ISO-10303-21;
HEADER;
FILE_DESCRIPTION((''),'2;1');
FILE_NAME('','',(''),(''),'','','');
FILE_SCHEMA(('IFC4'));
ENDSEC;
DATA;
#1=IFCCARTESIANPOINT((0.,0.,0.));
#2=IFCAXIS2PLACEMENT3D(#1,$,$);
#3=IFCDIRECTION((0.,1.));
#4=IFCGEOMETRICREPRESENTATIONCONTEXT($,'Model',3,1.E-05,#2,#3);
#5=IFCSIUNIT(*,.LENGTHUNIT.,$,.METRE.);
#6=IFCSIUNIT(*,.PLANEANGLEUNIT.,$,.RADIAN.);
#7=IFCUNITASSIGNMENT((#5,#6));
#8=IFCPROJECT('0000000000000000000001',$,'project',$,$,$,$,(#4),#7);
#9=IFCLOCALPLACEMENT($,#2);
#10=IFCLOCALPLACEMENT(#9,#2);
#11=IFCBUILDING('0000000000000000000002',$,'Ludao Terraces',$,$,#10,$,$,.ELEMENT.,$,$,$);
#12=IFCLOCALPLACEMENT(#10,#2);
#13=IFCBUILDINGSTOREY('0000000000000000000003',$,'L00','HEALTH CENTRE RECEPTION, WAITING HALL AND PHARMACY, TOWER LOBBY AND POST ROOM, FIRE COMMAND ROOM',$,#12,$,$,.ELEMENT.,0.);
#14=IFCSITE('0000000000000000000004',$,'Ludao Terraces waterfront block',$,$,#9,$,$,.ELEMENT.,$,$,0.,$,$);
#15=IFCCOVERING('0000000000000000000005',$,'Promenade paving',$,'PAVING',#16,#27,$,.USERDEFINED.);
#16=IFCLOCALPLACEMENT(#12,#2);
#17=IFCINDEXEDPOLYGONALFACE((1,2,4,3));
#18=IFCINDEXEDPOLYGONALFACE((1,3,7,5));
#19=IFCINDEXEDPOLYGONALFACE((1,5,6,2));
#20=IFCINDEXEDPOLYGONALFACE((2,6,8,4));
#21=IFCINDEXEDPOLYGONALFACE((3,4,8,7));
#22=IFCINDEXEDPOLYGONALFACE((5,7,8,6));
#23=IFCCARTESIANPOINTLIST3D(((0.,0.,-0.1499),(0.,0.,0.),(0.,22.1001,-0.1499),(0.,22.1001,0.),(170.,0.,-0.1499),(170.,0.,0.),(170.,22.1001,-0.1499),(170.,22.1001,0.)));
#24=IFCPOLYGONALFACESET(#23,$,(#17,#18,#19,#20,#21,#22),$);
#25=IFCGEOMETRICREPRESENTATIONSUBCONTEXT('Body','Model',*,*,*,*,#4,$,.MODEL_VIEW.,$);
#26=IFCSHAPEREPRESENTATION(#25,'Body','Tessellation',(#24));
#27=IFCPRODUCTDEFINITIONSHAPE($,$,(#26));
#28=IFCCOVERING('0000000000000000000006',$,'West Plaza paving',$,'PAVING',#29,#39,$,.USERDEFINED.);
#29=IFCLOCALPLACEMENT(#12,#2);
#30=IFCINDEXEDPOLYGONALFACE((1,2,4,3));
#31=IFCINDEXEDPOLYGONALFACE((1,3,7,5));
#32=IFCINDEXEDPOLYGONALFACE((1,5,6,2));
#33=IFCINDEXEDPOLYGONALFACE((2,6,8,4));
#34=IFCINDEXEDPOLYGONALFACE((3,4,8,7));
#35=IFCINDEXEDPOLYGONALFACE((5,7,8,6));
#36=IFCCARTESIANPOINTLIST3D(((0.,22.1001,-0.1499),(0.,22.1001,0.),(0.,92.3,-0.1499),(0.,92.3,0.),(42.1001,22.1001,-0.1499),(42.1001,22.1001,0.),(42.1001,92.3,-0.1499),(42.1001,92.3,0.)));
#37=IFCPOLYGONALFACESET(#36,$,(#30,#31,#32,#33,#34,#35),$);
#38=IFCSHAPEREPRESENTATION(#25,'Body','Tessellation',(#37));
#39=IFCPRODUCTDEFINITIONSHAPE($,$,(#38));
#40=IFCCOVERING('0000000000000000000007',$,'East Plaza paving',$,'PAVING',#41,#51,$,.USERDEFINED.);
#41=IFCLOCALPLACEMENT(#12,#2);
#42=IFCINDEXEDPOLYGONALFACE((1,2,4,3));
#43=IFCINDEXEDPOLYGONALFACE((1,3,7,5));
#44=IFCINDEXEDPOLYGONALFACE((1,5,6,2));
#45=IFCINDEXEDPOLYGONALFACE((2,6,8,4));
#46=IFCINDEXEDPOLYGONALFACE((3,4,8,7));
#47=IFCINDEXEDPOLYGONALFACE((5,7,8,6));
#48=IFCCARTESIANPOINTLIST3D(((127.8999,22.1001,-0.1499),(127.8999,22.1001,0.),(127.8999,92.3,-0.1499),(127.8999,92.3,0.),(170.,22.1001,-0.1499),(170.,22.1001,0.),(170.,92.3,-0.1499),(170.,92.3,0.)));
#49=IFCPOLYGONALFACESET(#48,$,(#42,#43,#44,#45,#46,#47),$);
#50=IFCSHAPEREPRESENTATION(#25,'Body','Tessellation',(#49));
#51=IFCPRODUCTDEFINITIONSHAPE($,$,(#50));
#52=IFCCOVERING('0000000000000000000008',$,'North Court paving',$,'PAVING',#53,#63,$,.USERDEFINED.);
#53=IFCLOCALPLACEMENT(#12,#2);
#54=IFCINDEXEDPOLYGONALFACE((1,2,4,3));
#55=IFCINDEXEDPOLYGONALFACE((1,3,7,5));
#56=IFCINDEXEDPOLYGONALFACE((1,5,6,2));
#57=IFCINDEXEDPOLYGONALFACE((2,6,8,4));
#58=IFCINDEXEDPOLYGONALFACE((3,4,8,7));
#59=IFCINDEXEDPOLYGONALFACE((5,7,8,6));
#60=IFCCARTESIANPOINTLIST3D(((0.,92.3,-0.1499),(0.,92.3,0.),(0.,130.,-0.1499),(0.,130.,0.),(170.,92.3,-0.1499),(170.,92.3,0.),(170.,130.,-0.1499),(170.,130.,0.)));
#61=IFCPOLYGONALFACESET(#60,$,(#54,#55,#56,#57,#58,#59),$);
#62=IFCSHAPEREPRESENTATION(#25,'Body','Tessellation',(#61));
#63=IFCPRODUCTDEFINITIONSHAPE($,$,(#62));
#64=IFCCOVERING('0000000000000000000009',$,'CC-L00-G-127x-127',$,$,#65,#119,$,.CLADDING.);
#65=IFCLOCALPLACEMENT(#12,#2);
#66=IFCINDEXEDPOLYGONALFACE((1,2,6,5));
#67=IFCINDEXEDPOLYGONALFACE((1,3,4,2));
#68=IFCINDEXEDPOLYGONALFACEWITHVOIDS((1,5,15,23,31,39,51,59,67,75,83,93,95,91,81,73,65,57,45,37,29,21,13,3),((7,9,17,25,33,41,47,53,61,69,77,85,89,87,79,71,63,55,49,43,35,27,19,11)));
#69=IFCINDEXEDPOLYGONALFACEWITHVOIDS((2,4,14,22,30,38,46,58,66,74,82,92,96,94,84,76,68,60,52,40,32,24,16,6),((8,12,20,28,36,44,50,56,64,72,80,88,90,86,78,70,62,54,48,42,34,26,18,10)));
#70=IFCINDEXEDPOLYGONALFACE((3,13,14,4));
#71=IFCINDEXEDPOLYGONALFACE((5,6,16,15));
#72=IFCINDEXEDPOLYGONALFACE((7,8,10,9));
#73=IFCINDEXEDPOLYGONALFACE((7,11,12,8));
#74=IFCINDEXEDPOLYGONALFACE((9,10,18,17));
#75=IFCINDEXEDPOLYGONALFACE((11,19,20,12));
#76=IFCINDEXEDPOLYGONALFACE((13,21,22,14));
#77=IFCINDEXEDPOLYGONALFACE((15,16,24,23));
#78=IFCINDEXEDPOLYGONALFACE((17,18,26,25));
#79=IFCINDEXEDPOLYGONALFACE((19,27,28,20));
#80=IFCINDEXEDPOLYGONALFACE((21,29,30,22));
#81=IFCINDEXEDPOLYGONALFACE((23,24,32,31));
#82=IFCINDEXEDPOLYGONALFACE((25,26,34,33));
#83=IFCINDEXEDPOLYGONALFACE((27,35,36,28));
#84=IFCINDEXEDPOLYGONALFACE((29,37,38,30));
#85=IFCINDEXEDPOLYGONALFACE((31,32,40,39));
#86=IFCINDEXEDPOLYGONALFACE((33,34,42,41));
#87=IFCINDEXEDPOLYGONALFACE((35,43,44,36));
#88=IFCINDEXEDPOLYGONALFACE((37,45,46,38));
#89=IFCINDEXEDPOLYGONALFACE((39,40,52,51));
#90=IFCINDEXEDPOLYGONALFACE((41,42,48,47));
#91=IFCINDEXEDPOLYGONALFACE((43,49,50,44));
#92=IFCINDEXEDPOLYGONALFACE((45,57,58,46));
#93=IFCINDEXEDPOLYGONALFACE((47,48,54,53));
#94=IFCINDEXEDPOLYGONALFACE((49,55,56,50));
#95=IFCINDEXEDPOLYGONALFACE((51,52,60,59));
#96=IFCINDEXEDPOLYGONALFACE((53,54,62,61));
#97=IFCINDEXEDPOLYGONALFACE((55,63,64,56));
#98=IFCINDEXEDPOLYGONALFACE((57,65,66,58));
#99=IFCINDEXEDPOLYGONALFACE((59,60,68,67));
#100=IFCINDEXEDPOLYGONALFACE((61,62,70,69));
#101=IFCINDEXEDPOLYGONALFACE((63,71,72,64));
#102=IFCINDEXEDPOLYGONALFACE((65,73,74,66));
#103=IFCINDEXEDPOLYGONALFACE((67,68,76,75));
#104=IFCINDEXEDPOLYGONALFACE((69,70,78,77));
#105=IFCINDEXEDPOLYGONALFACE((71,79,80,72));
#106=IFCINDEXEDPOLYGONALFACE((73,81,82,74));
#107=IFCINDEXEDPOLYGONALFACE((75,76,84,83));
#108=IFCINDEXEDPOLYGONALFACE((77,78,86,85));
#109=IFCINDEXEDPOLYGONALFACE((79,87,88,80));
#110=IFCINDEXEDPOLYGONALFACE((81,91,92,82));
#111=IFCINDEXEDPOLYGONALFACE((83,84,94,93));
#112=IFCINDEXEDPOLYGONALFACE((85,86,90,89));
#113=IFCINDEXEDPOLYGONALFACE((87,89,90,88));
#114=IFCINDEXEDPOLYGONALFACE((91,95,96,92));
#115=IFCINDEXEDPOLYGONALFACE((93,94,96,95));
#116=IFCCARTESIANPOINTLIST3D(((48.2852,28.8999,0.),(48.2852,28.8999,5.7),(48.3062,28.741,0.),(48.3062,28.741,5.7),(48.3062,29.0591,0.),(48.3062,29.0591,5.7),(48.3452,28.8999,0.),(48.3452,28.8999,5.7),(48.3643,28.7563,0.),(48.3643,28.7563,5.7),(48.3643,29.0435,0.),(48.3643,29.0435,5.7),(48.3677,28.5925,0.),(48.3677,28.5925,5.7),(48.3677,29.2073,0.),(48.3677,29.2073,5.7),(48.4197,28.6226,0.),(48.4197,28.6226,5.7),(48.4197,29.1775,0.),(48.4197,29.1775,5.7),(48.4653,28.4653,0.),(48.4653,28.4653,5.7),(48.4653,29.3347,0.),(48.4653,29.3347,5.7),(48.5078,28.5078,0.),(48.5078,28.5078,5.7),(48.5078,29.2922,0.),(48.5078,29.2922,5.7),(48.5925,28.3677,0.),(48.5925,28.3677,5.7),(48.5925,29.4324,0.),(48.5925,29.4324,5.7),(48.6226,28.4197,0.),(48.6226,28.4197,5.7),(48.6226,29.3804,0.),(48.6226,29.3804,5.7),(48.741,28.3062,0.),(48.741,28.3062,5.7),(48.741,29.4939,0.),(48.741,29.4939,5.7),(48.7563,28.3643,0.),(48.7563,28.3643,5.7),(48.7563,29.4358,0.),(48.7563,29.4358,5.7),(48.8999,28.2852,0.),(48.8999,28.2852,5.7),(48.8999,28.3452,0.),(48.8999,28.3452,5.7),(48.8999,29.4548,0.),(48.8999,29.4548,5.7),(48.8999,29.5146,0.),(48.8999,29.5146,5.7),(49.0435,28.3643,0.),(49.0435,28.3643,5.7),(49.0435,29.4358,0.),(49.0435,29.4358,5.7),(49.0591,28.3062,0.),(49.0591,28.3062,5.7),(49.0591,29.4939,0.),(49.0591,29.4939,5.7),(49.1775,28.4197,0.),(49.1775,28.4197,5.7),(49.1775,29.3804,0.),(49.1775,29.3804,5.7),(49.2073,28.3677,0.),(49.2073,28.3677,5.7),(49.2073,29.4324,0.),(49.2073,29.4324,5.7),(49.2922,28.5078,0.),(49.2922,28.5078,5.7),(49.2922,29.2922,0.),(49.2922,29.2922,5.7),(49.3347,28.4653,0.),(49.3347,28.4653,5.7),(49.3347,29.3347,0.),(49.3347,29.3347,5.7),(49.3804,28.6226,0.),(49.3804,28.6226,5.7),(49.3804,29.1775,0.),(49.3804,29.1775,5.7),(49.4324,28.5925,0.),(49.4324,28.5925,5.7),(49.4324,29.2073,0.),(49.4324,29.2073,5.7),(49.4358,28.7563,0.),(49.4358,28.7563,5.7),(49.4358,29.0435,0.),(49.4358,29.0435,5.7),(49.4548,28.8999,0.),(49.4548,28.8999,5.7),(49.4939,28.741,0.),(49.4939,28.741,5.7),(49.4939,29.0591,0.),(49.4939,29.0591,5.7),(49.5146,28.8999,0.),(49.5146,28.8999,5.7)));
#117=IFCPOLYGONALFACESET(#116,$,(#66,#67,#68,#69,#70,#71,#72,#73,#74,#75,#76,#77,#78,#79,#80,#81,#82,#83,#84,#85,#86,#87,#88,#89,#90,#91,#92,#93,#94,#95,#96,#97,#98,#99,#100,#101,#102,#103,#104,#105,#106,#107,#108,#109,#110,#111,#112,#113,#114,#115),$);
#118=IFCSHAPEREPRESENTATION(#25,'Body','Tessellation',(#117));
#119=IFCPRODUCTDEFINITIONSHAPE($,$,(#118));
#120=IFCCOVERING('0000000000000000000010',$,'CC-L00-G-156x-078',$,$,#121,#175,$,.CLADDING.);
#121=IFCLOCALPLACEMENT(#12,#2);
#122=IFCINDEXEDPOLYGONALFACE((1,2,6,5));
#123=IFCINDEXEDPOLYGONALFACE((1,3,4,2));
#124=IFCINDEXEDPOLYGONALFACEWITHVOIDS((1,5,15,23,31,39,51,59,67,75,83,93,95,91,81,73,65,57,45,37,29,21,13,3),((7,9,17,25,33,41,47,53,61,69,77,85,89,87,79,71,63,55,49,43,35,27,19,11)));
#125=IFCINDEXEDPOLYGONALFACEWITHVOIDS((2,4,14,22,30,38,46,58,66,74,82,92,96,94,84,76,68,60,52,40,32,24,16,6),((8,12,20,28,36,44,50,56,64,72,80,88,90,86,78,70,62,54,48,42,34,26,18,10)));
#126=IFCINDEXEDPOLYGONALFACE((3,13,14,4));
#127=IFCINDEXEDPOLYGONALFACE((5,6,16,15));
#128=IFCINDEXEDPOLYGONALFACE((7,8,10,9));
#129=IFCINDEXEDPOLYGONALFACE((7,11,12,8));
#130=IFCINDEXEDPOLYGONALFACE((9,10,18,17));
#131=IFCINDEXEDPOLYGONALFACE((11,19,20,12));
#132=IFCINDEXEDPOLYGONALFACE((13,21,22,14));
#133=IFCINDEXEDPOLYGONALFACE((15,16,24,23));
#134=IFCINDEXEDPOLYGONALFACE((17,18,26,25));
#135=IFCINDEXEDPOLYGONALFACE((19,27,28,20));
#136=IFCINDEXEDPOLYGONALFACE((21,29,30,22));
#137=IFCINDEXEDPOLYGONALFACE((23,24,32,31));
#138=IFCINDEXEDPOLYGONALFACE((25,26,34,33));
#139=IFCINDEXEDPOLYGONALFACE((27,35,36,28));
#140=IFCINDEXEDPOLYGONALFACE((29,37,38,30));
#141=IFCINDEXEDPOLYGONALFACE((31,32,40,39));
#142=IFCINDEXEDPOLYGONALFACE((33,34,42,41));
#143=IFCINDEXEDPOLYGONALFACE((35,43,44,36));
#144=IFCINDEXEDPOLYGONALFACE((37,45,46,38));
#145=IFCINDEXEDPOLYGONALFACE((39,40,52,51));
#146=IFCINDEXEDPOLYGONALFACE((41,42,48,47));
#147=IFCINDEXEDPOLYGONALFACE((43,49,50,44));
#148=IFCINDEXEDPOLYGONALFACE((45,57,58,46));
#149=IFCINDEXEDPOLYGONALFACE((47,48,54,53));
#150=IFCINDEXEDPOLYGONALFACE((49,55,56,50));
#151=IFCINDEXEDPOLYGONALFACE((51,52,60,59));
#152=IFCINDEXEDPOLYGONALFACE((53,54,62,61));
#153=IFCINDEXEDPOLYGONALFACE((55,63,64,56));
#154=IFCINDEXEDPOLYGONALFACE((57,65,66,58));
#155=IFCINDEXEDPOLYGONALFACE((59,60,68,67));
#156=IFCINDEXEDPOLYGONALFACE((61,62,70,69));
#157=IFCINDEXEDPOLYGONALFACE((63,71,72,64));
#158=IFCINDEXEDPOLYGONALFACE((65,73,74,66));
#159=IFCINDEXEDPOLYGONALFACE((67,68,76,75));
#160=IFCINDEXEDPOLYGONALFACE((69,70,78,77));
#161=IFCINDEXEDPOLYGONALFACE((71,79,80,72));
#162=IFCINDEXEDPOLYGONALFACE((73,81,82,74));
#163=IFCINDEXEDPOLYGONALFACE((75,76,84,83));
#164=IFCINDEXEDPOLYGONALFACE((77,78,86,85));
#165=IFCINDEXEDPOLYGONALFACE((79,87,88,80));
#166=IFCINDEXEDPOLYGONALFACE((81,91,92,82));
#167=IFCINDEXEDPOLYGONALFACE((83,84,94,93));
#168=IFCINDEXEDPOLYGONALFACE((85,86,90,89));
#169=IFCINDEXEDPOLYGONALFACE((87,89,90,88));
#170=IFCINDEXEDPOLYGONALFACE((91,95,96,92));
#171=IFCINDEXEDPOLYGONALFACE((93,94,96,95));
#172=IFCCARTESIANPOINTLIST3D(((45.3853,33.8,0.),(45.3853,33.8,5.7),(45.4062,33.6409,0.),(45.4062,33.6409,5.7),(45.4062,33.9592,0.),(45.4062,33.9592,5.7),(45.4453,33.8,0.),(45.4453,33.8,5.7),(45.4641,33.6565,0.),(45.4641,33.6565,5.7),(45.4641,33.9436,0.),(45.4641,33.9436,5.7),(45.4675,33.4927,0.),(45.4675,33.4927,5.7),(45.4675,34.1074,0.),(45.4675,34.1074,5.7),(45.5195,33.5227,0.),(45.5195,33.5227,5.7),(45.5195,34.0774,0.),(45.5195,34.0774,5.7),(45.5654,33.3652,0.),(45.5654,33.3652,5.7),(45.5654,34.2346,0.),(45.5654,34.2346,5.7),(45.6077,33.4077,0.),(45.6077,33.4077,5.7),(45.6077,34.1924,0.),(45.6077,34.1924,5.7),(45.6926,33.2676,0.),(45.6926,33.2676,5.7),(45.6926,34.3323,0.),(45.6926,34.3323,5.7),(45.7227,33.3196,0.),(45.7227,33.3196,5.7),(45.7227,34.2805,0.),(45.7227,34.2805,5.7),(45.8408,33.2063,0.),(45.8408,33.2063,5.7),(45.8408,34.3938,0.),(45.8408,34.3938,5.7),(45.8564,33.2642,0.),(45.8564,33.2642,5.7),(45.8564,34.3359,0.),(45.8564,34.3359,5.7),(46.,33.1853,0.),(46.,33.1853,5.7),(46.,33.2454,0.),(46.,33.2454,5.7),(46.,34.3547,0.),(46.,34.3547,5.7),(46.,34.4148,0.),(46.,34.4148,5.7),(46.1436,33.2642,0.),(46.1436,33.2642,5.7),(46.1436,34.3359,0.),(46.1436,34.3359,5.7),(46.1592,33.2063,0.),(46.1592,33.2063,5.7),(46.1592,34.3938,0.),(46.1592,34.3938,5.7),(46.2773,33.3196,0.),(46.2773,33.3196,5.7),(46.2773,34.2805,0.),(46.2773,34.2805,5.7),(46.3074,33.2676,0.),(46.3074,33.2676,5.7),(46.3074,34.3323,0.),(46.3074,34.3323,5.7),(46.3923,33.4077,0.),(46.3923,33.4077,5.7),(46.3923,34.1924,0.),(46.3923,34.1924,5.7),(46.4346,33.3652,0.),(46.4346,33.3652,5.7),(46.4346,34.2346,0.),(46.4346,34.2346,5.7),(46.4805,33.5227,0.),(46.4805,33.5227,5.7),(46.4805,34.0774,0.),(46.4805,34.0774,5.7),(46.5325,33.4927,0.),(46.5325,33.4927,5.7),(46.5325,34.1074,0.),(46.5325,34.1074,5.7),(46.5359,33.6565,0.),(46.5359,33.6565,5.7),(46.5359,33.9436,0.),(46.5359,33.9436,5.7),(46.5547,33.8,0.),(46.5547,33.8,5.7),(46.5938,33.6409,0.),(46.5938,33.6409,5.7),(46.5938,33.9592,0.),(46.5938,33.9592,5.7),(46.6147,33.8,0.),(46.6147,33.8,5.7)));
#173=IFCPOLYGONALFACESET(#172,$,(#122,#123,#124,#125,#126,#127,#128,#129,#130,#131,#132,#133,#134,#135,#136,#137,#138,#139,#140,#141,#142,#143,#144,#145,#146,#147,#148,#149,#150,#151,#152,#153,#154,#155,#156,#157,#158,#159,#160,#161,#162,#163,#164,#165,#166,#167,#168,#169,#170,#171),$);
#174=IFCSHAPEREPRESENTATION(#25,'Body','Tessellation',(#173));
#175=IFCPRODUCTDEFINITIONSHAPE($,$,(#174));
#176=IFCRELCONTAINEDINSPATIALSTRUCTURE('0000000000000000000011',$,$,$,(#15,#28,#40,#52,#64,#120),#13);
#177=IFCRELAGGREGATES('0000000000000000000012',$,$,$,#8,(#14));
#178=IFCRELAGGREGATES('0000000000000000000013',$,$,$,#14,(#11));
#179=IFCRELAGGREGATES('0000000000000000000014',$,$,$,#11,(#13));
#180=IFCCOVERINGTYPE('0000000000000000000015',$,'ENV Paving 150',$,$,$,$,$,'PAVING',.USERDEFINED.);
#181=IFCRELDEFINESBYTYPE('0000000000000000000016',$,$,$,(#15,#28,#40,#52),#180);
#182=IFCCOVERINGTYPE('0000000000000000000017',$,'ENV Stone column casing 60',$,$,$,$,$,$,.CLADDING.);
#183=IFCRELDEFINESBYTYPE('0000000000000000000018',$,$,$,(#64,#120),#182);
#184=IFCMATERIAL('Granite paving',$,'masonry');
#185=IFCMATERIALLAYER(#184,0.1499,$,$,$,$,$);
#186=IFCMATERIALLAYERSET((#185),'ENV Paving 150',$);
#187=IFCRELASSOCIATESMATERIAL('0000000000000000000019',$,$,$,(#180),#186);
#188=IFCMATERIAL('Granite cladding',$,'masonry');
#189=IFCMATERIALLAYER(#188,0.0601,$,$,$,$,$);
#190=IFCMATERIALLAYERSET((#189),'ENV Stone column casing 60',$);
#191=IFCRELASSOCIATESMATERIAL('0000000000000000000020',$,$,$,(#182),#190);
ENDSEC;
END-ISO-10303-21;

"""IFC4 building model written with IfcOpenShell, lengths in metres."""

from ifc_helpers import new_model, si_unit, direction, frame, origin, place, context, subcontext, project, spatial, polyline, outline, extrude, material, layer, layer_set, type_object, element, save


model = new_model("IFC4")

# Units and contexts
model_context = context("Model", 3, precision=1e-05, world=origin(), true_north=direction((0.0, 1.0)))
body_context = subcontext(model_context, "Body", "Model", "MODEL_VIEW")
ifc_project = project(units=[si_unit("LENGTHUNIT", "METRE"), si_unit("PLANEANGLEUNIT", "RADIAN")], contexts=[model_context])

# Site, building, storey
site_placement = place(None, origin())
site = spatial("IfcSite", under=ifc_project, at=site_placement, Name="Ludao Terraces waterfront block", CompositionType="ELEMENT", RefElevation=0.0)
building_placement = place(site_placement, origin())
building = spatial("IfcBuilding", under=site, at=building_placement, Name="Ludao Terraces", CompositionType="ELEMENT")
storey_placement = place(building_placement, origin())
storey = spatial("IfcBuildingStorey", under=building, at=storey_placement, Name="L00", Description="HEALTH CENTRE RECEPTION, WAITING HALL AND PHARMACY, TOWER LOBBY AND POST ROOM, FIRE COMMAND ROOM", CompositionType="ELEMENT", Elevation=0.0)

# Coverings
ifc_material_1 = material(Name="Granite paving", Category="masonry")
ifc_layer_1 = layer(ifc_material_1, 0.1499)
ifc_layer_set_1 = layer_set([ifc_layer_1], Name="ENV Paving 150")
covering_type_1 = type_object("IfcCoveringType", Name="ENV Paving 150", ElementType="PAVING", PredefinedType="USERDEFINED", material=ifc_layer_set_1)
covering_1_placement = place(storey_placement, frame((0.0, 0.0, -0.1499)))
element("IfcCovering", 1, at=covering_1_placement, inside=storey, type_object=covering_type_1, Name="Promenade paving", ObjectType="PAVING", PredefinedType="USERDEFINED", context=body_context, shape_type="SweptSolid", body=[
    extrude(outline(polyline([(0.0, 0.0), (170.0, 0.0), (170.0, 22.1001), (0.0, 22.1001), (0.0, 0.0)])), origin(), (0.0, 0.0, 1.0), 0.1499),
])
covering_2_placement = place(storey_placement, frame((0.0, 0.0, -0.1499)))
element("IfcCovering", 2, at=covering_2_placement, inside=storey, type_object=covering_type_1, Name="West Plaza paving", ObjectType="PAVING", PredefinedType="USERDEFINED", context=body_context, shape_type="SweptSolid", body=[
    extrude(outline(polyline([(0.0, 22.1001), (42.1001, 22.1001), (42.1001, 92.3), (0.0, 92.3), (0.0, 22.1001)])), origin(), (0.0, 0.0, 1.0), 0.1499),
])
covering_3_placement = place(storey_placement, frame((0.0, 0.0, -0.1499)))
element("IfcCovering", 3, at=covering_3_placement, inside=storey, type_object=covering_type_1, Name="East Plaza paving", ObjectType="PAVING", PredefinedType="USERDEFINED", context=body_context, shape_type="SweptSolid", body=[
    extrude(outline(polyline([(127.8999, 22.1001), (170.0, 22.1001), (170.0, 92.3), (127.8999, 92.3), (127.8999, 22.1001)])), origin(), (0.0, 0.0, 1.0), 0.1499),
])
covering_4_placement = place(storey_placement, frame((0.0, 0.0, -0.1499)))
element("IfcCovering", 4, at=covering_4_placement, inside=storey, type_object=covering_type_1, Name="North Court paving", ObjectType="PAVING", PredefinedType="USERDEFINED", context=body_context, shape_type="SweptSolid", body=[
    extrude(outline(polyline([(0.0, 92.3), (170.0, 92.3), (170.0, 130.0), (0.0, 130.0), (0.0, 92.3)])), origin(), (0.0, 0.0, 1.0), 0.1499),
])
ifc_material_2 = material(Name="Granite cladding", Category="masonry")
ifc_layer_2 = layer(ifc_material_2, 0.0601)
ifc_layer_set_2 = layer_set([ifc_layer_2], Name="ENV Stone column casing 60")
covering_type_2 = type_object("IfcCoveringType", Name="ENV Stone column casing 60", PredefinedType="CLADDING", material=ifc_layer_set_2)
covering_5_placement = place(storey_placement, origin())
element("IfcCovering", 5, at=covering_5_placement, inside=storey, type_object=covering_type_2, Name="CC-L00-G-127x-127", PredefinedType="CLADDING", context=body_context, shape_type="SweptSolid", body=[
    extrude(outline(polyline([(49.5146, 28.8999), (49.4939, 29.0591), (49.4324, 29.2073), (49.3347, 29.3347), (49.2073, 29.4324), (49.0591, 29.4939), (48.8999, 29.5146), (48.741, 29.4939), (48.5925, 29.4324), (48.4653, 29.3347), (48.3677, 29.2073), (48.3062, 29.0591), (48.2852, 28.8999), (48.3062, 28.741), (48.3677, 28.5925), (48.4653, 28.4653), (48.5925, 28.3677), (48.741, 28.3062), (48.8999, 28.2852), (49.0591, 28.3062), (49.2073, 28.3677), (49.3347, 28.4653), (49.4324, 28.5925), (49.4939, 28.741), (49.5146, 28.8999)]), holes=[polyline([(49.4358, 28.7563), (49.3804, 28.6226), (49.2922, 28.5078), (49.1775, 28.4197), (49.0435, 28.3643), (48.8999, 28.3452), (48.7563, 28.3643), (48.6226, 28.4197), (48.5078, 28.5078), (48.4197, 28.6226), (48.3643, 28.7563), (48.3452, 28.8999), (48.3643, 29.0435), (48.4197, 29.1775), (48.5078, 29.2922), (48.6226, 29.3804), (48.7563, 29.4358), (48.8999, 29.4548), (49.0435, 29.4358), (49.1775, 29.3804), (49.2922, 29.2922), (49.3804, 29.1775), (49.4358, 29.0435), (49.4548, 28.8999), (49.4358, 28.7563)])]), origin(), (0.0, 0.0, 1.0), 5.7),
])
covering_6_placement = place(storey_placement, origin())
element("IfcCovering", 6, at=covering_6_placement, inside=storey, type_object=covering_type_2, Name="CC-L00-G-156x-078", PredefinedType="CLADDING", context=body_context, shape_type="SweptSolid", body=[
    extrude(outline(polyline([(46.6147, 33.8), (46.5938, 33.9592), (46.5325, 34.1074), (46.4346, 34.2346), (46.3074, 34.3323), (46.1592, 34.3938), (46.0, 34.4148), (45.8408, 34.3938), (45.6926, 34.3323), (45.5654, 34.2346), (45.4675, 34.1074), (45.4062, 33.9592), (45.3853, 33.8), (45.4062, 33.6409), (45.4675, 33.4927), (45.5654, 33.3652), (45.6926, 33.2676), (45.8408, 33.2063), (46.0, 33.1853), (46.1592, 33.2063), (46.3074, 33.2676), (46.4346, 33.3652), (46.5325, 33.4927), (46.5938, 33.6409), (46.6147, 33.8)]), holes=[polyline([(46.5359, 33.6565), (46.4805, 33.5227), (46.3923, 33.4077), (46.2773, 33.3196), (46.1436, 33.2642), (46.0, 33.2454), (45.8564, 33.2642), (45.7227, 33.3196), (45.6077, 33.4077), (45.5195, 33.5227), (45.4641, 33.6565), (45.4453, 33.8), (45.4641, 33.9436), (45.5195, 34.0774), (45.6077, 34.1924), (45.7227, 34.2805), (45.8564, 34.3359), (46.0, 34.3547), (46.1436, 34.3359), (46.2773, 34.2805), (46.3923, 34.1924), (46.4805, 34.0774), (46.5359, 33.9436), (46.5547, 33.8), (46.5359, 33.6565)])]), origin(), (0.0, 0.0, 1.0), 5.7),
])

save(model, "model.ifc")
